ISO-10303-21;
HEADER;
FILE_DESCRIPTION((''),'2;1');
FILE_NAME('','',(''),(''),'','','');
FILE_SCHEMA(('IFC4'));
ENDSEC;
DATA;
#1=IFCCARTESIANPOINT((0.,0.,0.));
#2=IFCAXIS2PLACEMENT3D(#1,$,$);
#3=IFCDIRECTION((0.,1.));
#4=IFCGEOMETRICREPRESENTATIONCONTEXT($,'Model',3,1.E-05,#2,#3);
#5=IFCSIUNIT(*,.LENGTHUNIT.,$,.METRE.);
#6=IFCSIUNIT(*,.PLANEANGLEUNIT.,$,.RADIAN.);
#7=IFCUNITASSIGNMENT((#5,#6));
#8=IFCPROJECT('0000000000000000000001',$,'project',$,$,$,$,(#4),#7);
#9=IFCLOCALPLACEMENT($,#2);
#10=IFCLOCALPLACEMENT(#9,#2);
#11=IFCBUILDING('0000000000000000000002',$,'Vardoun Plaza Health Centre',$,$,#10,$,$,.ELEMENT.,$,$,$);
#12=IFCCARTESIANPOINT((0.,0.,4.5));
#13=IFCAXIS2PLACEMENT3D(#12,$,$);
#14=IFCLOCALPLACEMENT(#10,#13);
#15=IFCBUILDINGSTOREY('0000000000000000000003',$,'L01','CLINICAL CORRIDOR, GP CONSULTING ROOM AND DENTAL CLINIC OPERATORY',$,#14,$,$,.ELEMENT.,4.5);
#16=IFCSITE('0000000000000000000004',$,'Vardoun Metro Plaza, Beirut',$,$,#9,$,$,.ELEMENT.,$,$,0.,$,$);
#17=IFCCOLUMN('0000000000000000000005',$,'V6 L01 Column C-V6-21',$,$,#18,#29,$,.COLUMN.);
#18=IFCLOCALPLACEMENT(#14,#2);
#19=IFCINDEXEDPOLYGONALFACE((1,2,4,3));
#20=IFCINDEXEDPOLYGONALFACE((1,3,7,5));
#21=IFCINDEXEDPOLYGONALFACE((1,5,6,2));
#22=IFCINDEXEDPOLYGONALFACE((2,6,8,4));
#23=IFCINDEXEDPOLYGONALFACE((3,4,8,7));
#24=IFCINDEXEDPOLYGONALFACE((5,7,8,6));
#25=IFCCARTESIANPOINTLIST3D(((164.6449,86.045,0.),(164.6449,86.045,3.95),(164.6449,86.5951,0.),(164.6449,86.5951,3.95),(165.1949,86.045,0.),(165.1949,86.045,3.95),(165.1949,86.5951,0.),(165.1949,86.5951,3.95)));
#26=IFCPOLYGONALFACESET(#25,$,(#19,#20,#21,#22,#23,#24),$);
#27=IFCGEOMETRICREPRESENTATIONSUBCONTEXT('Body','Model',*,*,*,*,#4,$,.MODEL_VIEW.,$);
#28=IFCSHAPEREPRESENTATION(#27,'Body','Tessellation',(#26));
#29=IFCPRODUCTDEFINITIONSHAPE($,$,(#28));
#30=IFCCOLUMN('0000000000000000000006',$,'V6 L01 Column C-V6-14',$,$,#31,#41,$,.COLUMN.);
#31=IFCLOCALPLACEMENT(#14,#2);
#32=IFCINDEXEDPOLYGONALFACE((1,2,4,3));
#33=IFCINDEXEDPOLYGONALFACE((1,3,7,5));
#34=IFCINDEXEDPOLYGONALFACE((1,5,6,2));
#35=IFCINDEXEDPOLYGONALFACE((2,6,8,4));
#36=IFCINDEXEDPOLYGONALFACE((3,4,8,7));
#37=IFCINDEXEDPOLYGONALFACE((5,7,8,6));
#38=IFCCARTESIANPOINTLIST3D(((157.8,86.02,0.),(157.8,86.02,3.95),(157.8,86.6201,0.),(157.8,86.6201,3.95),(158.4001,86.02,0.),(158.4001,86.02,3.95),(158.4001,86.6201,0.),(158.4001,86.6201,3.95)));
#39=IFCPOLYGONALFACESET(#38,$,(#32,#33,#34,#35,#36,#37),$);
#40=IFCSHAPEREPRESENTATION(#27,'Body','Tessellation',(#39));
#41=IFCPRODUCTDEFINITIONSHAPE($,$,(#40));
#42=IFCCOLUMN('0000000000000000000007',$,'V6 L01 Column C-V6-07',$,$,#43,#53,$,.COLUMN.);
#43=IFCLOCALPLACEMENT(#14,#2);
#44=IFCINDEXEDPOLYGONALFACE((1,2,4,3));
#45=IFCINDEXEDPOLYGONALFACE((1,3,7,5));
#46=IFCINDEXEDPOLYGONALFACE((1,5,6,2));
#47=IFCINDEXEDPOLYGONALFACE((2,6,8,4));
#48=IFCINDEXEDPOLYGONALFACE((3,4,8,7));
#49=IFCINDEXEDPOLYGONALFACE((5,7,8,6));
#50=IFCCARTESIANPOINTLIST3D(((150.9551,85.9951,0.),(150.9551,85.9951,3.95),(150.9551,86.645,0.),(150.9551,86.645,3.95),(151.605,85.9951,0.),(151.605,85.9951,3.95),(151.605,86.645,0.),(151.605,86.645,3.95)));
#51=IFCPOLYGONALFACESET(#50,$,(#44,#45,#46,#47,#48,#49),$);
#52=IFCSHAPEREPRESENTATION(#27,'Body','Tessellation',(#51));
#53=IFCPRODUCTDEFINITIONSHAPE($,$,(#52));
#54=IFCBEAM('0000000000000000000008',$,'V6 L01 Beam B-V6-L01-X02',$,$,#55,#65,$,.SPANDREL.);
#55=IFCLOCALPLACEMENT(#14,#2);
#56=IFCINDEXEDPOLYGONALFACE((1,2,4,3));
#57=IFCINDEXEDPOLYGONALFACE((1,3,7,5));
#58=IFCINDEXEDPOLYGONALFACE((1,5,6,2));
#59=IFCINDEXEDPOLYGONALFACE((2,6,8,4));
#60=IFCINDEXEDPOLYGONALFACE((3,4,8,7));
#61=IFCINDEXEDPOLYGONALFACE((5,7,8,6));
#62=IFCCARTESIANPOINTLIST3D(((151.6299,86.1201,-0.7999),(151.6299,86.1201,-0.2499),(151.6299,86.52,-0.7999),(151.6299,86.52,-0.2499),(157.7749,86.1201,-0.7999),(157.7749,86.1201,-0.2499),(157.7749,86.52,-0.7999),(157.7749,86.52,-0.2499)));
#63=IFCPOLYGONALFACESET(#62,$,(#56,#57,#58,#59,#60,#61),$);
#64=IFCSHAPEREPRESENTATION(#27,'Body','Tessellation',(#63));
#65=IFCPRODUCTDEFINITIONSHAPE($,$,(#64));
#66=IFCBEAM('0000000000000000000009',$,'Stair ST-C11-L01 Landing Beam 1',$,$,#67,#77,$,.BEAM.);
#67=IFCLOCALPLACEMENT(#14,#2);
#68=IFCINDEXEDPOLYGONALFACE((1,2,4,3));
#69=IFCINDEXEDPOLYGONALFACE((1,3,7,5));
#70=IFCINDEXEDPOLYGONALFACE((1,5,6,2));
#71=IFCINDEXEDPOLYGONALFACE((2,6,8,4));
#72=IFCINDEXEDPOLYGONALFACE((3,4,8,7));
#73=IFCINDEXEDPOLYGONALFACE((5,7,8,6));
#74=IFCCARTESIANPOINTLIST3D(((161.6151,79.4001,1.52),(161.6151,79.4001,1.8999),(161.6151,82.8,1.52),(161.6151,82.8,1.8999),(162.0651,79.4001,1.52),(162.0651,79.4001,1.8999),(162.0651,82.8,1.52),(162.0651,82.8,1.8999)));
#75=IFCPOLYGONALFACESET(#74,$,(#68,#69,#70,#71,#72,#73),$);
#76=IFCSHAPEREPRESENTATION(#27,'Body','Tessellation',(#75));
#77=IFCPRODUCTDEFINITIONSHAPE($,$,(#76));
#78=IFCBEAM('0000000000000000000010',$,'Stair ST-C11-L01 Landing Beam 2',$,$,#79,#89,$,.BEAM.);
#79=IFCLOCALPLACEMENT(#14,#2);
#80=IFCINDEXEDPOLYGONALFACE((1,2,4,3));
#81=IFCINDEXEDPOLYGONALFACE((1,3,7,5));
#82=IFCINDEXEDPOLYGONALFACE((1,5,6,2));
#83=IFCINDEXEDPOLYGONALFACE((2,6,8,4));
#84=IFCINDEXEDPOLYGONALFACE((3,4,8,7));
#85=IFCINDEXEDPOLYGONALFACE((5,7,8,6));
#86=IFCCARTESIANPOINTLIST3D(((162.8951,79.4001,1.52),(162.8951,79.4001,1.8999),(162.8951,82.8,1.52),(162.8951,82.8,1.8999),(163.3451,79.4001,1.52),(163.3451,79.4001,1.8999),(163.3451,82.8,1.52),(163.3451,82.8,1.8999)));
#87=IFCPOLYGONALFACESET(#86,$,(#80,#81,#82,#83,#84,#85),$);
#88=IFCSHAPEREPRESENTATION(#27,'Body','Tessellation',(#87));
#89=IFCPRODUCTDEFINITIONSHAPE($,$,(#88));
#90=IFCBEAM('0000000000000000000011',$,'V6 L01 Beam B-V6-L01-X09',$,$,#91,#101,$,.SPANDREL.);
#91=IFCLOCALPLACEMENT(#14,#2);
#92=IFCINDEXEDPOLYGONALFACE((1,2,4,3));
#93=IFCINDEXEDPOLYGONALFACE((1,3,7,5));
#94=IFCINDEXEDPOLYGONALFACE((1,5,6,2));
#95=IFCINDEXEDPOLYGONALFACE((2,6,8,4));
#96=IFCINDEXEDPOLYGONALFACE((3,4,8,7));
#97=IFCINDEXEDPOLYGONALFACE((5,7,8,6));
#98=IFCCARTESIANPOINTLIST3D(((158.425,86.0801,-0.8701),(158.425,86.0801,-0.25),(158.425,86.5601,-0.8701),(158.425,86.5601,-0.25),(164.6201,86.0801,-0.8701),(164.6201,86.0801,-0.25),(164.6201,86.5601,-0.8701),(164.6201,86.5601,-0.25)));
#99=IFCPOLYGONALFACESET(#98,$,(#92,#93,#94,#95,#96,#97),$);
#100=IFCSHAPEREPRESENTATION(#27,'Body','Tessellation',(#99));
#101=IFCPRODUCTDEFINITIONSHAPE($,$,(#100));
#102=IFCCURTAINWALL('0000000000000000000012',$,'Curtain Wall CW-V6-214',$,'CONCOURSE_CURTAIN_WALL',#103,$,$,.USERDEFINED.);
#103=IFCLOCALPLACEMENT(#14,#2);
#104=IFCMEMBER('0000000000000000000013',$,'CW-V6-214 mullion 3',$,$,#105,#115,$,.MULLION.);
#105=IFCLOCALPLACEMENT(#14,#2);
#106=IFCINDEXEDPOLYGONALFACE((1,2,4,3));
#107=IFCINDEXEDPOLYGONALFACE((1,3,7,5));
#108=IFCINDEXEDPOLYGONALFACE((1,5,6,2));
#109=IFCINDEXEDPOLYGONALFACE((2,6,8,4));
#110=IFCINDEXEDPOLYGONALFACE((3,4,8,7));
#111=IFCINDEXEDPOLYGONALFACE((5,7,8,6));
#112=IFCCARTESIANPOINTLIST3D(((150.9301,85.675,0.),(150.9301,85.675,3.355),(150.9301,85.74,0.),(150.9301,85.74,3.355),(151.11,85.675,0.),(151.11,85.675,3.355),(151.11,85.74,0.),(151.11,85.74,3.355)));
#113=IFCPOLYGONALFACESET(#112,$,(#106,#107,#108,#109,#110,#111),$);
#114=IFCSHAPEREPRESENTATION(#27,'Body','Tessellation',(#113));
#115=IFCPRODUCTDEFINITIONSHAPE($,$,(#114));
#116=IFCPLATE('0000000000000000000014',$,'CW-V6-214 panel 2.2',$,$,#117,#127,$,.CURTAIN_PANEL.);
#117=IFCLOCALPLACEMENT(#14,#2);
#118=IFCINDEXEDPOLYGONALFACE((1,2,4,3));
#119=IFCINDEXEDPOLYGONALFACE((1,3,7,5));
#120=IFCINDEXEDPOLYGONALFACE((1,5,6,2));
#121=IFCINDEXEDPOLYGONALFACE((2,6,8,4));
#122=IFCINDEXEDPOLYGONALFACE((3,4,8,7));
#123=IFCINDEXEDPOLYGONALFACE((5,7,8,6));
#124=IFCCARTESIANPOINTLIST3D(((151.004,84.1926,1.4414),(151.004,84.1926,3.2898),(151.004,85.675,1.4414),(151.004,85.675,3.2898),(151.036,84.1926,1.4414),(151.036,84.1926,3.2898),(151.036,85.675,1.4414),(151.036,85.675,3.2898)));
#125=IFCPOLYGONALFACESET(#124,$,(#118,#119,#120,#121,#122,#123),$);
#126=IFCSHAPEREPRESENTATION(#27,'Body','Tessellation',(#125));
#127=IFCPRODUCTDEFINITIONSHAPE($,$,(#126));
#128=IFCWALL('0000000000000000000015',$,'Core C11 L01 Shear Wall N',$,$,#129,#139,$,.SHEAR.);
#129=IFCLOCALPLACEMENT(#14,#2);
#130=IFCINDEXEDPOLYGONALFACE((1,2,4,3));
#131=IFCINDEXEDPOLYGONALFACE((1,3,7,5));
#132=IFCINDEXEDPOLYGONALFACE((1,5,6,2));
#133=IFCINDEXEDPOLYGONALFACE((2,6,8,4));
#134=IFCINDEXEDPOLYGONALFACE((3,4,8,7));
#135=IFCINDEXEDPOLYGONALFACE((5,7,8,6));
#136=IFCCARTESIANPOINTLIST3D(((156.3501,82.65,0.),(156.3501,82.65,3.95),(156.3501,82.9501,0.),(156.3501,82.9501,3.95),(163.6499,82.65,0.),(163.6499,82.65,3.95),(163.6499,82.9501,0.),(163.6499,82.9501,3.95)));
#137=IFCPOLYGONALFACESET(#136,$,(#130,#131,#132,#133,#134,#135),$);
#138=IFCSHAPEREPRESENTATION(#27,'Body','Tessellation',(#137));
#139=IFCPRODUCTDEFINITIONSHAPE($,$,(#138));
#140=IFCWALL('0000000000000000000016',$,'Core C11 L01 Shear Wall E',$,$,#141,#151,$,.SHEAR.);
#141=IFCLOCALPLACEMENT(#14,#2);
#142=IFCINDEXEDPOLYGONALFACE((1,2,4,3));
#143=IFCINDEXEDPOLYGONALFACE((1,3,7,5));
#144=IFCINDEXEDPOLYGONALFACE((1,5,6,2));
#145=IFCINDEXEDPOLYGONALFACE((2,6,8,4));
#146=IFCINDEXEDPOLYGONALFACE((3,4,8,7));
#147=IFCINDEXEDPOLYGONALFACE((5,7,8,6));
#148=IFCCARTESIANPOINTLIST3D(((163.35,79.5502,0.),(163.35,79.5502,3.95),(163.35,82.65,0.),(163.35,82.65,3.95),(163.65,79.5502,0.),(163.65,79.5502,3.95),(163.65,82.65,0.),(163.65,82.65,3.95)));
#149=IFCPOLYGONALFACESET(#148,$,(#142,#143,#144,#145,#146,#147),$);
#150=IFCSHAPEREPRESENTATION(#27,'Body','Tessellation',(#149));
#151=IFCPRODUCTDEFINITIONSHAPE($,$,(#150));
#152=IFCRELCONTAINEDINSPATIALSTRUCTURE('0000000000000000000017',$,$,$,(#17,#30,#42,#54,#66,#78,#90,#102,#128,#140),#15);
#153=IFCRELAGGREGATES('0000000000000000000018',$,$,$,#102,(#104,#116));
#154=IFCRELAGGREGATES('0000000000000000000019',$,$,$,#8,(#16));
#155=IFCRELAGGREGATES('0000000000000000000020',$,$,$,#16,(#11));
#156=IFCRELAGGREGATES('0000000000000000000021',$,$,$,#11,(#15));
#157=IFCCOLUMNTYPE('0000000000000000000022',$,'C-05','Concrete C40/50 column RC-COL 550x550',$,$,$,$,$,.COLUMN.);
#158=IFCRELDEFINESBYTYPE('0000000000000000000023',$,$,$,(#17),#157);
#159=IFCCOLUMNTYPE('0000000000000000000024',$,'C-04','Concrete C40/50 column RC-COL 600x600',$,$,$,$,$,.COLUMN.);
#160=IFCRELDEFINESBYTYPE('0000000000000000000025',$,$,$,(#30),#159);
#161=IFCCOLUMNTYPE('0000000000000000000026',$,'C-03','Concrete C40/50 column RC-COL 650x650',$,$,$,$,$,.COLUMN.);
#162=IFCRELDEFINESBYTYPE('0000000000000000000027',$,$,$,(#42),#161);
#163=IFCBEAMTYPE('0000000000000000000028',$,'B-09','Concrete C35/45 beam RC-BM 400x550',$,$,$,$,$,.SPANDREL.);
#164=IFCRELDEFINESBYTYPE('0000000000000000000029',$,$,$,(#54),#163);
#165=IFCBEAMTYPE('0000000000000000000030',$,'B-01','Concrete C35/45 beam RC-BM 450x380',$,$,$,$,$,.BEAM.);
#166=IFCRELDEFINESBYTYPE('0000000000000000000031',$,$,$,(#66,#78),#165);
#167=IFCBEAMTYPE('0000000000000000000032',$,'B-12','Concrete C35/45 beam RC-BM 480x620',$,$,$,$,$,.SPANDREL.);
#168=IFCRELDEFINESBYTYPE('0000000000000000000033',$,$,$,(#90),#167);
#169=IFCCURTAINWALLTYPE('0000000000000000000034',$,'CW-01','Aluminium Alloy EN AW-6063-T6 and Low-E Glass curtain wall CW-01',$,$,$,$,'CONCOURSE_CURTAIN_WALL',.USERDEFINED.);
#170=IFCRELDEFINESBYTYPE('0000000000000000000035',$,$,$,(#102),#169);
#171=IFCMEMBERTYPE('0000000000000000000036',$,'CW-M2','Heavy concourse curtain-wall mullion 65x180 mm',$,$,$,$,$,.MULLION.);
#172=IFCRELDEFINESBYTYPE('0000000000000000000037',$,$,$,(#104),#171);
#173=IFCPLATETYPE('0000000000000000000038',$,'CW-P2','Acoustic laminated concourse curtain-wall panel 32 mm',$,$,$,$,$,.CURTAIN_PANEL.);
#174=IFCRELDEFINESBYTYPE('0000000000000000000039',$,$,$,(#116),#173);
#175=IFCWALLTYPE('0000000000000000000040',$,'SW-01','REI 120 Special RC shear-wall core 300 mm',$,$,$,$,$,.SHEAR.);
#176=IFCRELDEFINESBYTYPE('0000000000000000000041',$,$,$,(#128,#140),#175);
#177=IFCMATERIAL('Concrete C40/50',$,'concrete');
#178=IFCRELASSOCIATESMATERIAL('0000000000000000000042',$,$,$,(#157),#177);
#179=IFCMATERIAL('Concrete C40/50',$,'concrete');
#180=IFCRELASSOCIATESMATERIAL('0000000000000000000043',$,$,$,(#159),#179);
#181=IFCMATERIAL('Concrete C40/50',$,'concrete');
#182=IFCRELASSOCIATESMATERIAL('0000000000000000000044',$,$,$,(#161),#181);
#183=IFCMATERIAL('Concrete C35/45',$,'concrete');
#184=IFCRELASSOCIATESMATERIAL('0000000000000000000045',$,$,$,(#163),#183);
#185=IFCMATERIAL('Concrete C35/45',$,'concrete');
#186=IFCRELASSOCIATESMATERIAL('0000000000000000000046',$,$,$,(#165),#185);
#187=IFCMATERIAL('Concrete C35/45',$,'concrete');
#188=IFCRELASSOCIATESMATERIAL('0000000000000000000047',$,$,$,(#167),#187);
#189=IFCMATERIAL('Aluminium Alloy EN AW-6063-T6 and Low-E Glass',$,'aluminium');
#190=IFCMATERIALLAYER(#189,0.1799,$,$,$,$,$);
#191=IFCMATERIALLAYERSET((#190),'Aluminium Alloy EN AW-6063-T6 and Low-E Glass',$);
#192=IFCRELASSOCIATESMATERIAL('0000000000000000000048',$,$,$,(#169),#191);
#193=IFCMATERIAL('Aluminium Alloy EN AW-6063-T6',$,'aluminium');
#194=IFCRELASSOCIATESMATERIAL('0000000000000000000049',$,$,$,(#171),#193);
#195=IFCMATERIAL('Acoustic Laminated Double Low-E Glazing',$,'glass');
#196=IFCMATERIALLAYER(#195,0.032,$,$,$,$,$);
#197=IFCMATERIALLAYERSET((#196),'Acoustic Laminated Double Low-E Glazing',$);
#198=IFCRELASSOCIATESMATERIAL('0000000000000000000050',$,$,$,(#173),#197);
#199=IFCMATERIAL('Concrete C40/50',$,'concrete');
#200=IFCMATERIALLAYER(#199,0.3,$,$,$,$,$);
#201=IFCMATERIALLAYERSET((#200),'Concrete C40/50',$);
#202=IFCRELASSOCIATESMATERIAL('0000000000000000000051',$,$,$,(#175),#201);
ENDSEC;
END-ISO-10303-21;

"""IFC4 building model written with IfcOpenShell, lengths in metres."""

from ifc_helpers import new_model, si_unit, direction, frame, frame_2d, origin, origin_2d, place, context, subcontext, project, spatial, rectangle, extrude, material, layer, layer_set, material_profile, profile_set, type_object, element, aggregate, save


model = new_model("IFC4")

# Units and contexts
model_context = context("Model", 3, precision=1e-05, world=origin(), true_north=direction((0.0, 1.0)))
body_context = subcontext(model_context, "Body", "Model", "MODEL_VIEW")
ifc_project = project(units=[si_unit("LENGTHUNIT", "METRE"), si_unit("PLANEANGLEUNIT", "RADIAN")], contexts=[model_context])

# Site, building, storey
site_placement = place(None, origin())
site = spatial("IfcSite", under=ifc_project, at=site_placement, Name="Vardoun Metro Plaza, Beirut", CompositionType="ELEMENT", RefElevation=0.0)
building_placement = place(site_placement, origin())
building = spatial("IfcBuilding", under=site, at=building_placement, Name="Vardoun Plaza Health Centre", CompositionType="ELEMENT")
storey_placement = place(building_placement, frame((0.0, 0.0, 4.5)))
storey = spatial("IfcBuildingStorey", under=building, at=storey_placement, Name="L01", Description="CLINICAL CORRIDOR, GP CONSULTING ROOM AND DENTAL CLINIC OPERATORY", CompositionType="ELEMENT", Elevation=4.5)

# Columns
ifc_material_1 = material(Name="Concrete C40/50", Category="concrete")
ifc_material_profile_1 = material_profile(ifc_material_1, rectangle(XDim=0.55, YDim=0.55, at=origin_2d()), Name="RC-COL 550x550")
ifc_profile_set_1 = profile_set([ifc_material_profile_1], Name="Concrete C40/50")
column_type_1 = type_object("IfcColumnType", Name="C-05", Description="Concrete C40/50 column RC-COL 550x550", PredefinedType="COLUMN", material=ifc_profile_set_1)
column_1_placement = place(storey_placement, frame((164.9199, 86.3201, 0.0), z_axis=(0.0, 0.0, 1.0), x_axis=(1.0, 0.0, 0.0)))
element("IfcColumn", 1, at=column_1_placement, inside=storey, type_object=column_type_1, Name="V6 L01 Column C-V6-21", PredefinedType="COLUMN", context=body_context, shape_type="SweptSolid", body=[
    extrude(rectangle(XDim=0.55, YDim=0.55, at=origin_2d()), origin(), (0.0, 0.0, 1.0), 3.95),
])
ifc_material_2 = material(Name="Concrete C40/50", Category="concrete")
ifc_material_profile_2 = material_profile(ifc_material_2, rectangle(XDim=0.6001, YDim=0.6001, at=origin_2d()), Name="RC-COL 600x600")
ifc_profile_set_2 = profile_set([ifc_material_profile_2], Name="Concrete C40/50")
column_type_2 = type_object("IfcColumnType", Name="C-04", Description="Concrete C40/50 column RC-COL 600x600", PredefinedType="COLUMN", material=ifc_profile_set_2)
column_2_placement = place(storey_placement, frame((158.1001, 86.3201, 0.0), z_axis=(0.0, 0.0, 1.0), x_axis=(1.0, 0.0, 0.0)))
element("IfcColumn", 2, at=column_2_placement, inside=storey, type_object=column_type_2, Name="V6 L01 Column C-V6-14", PredefinedType="COLUMN", context=body_context, shape_type="SweptSolid", body=[
    extrude(rectangle(XDim=0.6001, YDim=0.6001, at=origin_2d()), origin(), (0.0, 0.0, 1.0), 3.95),
])
ifc_material_3 = material(Name="Concrete C40/50", Category="concrete")
ifc_material_profile_3 = material_profile(ifc_material_3, rectangle(XDim=0.6499, YDim=0.6499, at=origin_2d()), Name="RC-COL 650x650")
ifc_profile_set_3 = profile_set([ifc_material_profile_3], Name="Concrete C40/50")
column_type_3 = type_object("IfcColumnType", Name="C-03", Description="Concrete C40/50 column RC-COL 650x650", PredefinedType="COLUMN", material=ifc_profile_set_3)
column_3_placement = place(storey_placement, frame((151.28, 86.3201, 0.0), z_axis=(0.0, 0.0, 1.0), x_axis=(1.0, 0.0, 0.0)))
element("IfcColumn", 3, at=column_3_placement, inside=storey, type_object=column_type_3, Name="V6 L01 Column C-V6-07", PredefinedType="COLUMN", context=body_context, shape_type="SweptSolid", body=[
    extrude(rectangle(XDim=0.6499, YDim=0.6499, at=origin_2d()), origin(), (0.0, 0.0, 1.0), 3.95),
])

# Beams
ifc_material_4 = material(Name="Concrete C35/45", Category="concrete")
ifc_material_profile_4 = material_profile(ifc_material_4, rectangle(XDim=0.3999, YDim=0.55, at=origin_2d()), Name="RC-BM 400x550")
ifc_profile_set_4 = profile_set([ifc_material_profile_4], Name="Concrete C35/45")
beam_type_1 = type_object("IfcBeamType", Name="B-09", Description="Concrete C35/45 beam RC-BM 400x550", PredefinedType="SPANDREL", material=ifc_profile_set_4)
beam_1_placement = place(storey_placement, frame((151.6299, 86.3201, -0.5249), z_axis=(1.0, 0.0, 0.0), x_axis=(0.0, 1.0, 0.0)))
element("IfcBeam", 4, at=beam_1_placement, inside=storey, type_object=beam_type_1, Name="V6 L01 Beam B-V6-L01-X02", PredefinedType="SPANDREL", context=body_context, shape_type="SweptSolid", body=[
    extrude(rectangle(XDim=0.3999, YDim=0.55, at=origin_2d()), origin(), (0.0, 0.0, 1.0), 6.145),
])
ifc_material_5 = material(Name="Concrete C35/45", Category="concrete")
ifc_material_profile_5 = material_profile(ifc_material_5, rectangle(XDim=0.45, YDim=0.3799, at=origin_2d()), Name="RC-BM 450x380")
ifc_profile_set_5 = profile_set([ifc_material_profile_5], Name="Concrete C35/45")
beam_type_2 = type_object("IfcBeamType", Name="B-01", Description="Concrete C35/45 beam RC-BM 450x380", PredefinedType="BEAM", material=ifc_profile_set_5)
for number, where, z_axis, x_axis, name in (
    (5, (161.8401, 79.4001, 1.71), (0.0, 1.0, 0.0), (-1.0, 0.0, 0.0), "Stair ST-C11-L01 Landing Beam 1"),
    (6, (163.1201, 79.4001, 1.71), (0.0, 1.0, 0.0), (-1.0, 0.0, 0.0), "Stair ST-C11-L01 Landing Beam 2"),
):
    element("IfcBeam", number, at=place(storey_placement, frame(where, z_axis=z_axis, x_axis=x_axis)), inside=storey, type_object=beam_type_2, Name=name, PredefinedType="BEAM", context=body_context, shape_type="SweptSolid", body=[
        extrude(rectangle(XDim=0.45, YDim=0.3799, at=origin_2d()), origin(), (0.0, 0.0, 1.0), 3.3999),
    ])
ifc_material_6 = material(Name="Concrete C35/45", Category="concrete")
ifc_material_profile_6 = material_profile(ifc_material_6, rectangle(XDim=0.48, YDim=0.6201, at=origin_2d()), Name="RC-BM 480x620")
ifc_profile_set_6 = profile_set([ifc_material_profile_6], Name="Concrete C35/45")
beam_type_3 = type_object("IfcBeamType", Name="B-12", Description="Concrete C35/45 beam RC-BM 480x620", PredefinedType="SPANDREL", material=ifc_profile_set_6)
beam_2_placement = place(storey_placement, frame((158.425, 86.3201, -0.5601), z_axis=(1.0, 0.0, 0.0), x_axis=(0.0, 1.0, 0.0)))
element("IfcBeam", 7, at=beam_2_placement, inside=storey, type_object=beam_type_3, Name="V6 L01 Beam B-V6-L01-X09", PredefinedType="SPANDREL", context=body_context, shape_type="SweptSolid", body=[
    extrude(rectangle(XDim=0.48, YDim=0.6201, at=origin_2d()), origin(), (0.0, 0.0, 1.0), 6.1951),
])

# Curtain wall, member, plate
ifc_material_7 = material(Name="Aluminium Alloy EN AW-6063-T6 and Low-E Glass", Category="aluminium")
ifc_layer_1 = layer(ifc_material_7, 0.1799)
ifc_layer_set_1 = layer_set([ifc_layer_1], Name="Aluminium Alloy EN AW-6063-T6 and Low-E Glass")
curtain_wall_type = type_object("IfcCurtainWallType", Name="CW-01", Description="Aluminium Alloy EN AW-6063-T6 and Low-E Glass curtain wall CW-01", ElementType="CONCOURSE_CURTAIN_WALL", PredefinedType="USERDEFINED", material=ifc_layer_set_1)
curtain_wall_placement = place(storey_placement, origin())
curtain_wall = element("IfcCurtainWall", 8, at=curtain_wall_placement, inside=storey, type_object=curtain_wall_type, Name="Curtain Wall CW-V6-214", ObjectType="CONCOURSE_CURTAIN_WALL", PredefinedType="USERDEFINED")
ifc_material_8 = material(Name="Aluminium Alloy EN AW-6063-T6", Category="aluminium")
ifc_material_profile_7 = material_profile(ifc_material_8, rectangle(XDim=0.1799, YDim=0.0649, at=origin_2d()), Name="CWM 65x180")
ifc_profile_set_7 = profile_set([ifc_material_profile_7], Name="Aluminium Alloy EN AW-6063-T6")
member_type = type_object("IfcMemberType", Name="CW-M2", Description="Heavy concourse curtain-wall mullion 65x180 mm", PredefinedType="MULLION", material=ifc_profile_set_7)
member_placement = place(storey_placement, frame((151.02, 85.7075, 0.0), z_axis=(0.0, 0.0, 1.0), x_axis=(-1.0, 0.0, 0.0)))
member = element("IfcMember", 9, at=member_placement, type_object=member_type, Name="CW-V6-214 mullion 3", PredefinedType="MULLION", context=body_context, shape_type="SweptSolid", body=[
    extrude(rectangle(XDim=0.1799, YDim=0.0649, at=origin_2d()), origin(), (0.0, 0.0, 1.0), 3.355),
])
ifc_material_9 = material(Name="Acoustic Laminated Double Low-E Glazing", Category="glass")
ifc_layer_2 = layer(ifc_material_9, 0.032)
ifc_layer_set_2 = layer_set([ifc_layer_2], Name="Acoustic Laminated Double Low-E Glazing")
plate_type = type_object("IfcPlateType", Name="CW-P2", Description="Acoustic laminated concourse curtain-wall panel 32 mm", PredefinedType="CURTAIN_PANEL", material=ifc_layer_set_2)
plate_placement = place(storey_placement, frame((151.02, 84.9338, 1.4414), z_axis=(0.0, 0.0, 1.0), x_axis=(0.0, 1.0, 0.0)))
plate = element("IfcPlate", 10, at=plate_placement, type_object=plate_type, Name="CW-V6-214 panel 2.2", PredefinedType="CURTAIN_PANEL", context=body_context, shape_type="SweptSolid", body=[
    extrude(rectangle(XDim=1.4824, YDim=0.032, at=origin_2d()), origin(), (0.0, 0.0, 1.0), 1.8484),
])
aggregate(curtain_wall, [member, plate])

# Shared definitions
ifc_material_10 = material(Name="Concrete C40/50", Category="concrete")
ifc_layer_3 = layer(ifc_material_10, 0.3)
ifc_layer_set_3 = layer_set([ifc_layer_3], Name="Concrete C40/50")
wall_type_1 = type_object("IfcWallType", Name="SW-01", Description="REI 120 Special RC shear-wall core 300 mm", PredefinedType="SHEAR", material=ifc_layer_set_3)

# Walls
wall_1_placement = place(storey_placement, frame((156.3501, 82.8, 0.0), z_axis=(0.0, 0.0, 1.0), x_axis=(1.0, 0.0, 0.0)))
element("IfcWall", 11, at=wall_1_placement, inside=storey, type_object=wall_type_1, Name="Core C11 L01 Shear Wall N", PredefinedType="SHEAR", context=body_context, shape_type="SweptSolid", body=[
    extrude(rectangle(XDim=7.2998, YDim=0.3, at=frame_2d((3.6499, 0.0))), origin(), (0.0, 0.0, 1.0), 3.95),
])
wall_2_placement = place(storey_placement, frame((163.5, 82.6499, 0.0), z_axis=(0.0, 0.0, 1.0), x_axis=(0.0, -1.0, 0.0)))
element("IfcWall", 12, at=wall_2_placement, inside=storey, type_object=wall_type_1, Name="Core C11 L01 Shear Wall E", PredefinedType="SHEAR", context=body_context, shape_type="SweptSolid", body=[
    extrude(rectangle(XDim=3.0999, YDim=0.3, at=frame_2d((1.5498, 0.0))), origin(), (0.0, 0.0, 1.0), 3.95),
])

save(model, "model.ifc")
